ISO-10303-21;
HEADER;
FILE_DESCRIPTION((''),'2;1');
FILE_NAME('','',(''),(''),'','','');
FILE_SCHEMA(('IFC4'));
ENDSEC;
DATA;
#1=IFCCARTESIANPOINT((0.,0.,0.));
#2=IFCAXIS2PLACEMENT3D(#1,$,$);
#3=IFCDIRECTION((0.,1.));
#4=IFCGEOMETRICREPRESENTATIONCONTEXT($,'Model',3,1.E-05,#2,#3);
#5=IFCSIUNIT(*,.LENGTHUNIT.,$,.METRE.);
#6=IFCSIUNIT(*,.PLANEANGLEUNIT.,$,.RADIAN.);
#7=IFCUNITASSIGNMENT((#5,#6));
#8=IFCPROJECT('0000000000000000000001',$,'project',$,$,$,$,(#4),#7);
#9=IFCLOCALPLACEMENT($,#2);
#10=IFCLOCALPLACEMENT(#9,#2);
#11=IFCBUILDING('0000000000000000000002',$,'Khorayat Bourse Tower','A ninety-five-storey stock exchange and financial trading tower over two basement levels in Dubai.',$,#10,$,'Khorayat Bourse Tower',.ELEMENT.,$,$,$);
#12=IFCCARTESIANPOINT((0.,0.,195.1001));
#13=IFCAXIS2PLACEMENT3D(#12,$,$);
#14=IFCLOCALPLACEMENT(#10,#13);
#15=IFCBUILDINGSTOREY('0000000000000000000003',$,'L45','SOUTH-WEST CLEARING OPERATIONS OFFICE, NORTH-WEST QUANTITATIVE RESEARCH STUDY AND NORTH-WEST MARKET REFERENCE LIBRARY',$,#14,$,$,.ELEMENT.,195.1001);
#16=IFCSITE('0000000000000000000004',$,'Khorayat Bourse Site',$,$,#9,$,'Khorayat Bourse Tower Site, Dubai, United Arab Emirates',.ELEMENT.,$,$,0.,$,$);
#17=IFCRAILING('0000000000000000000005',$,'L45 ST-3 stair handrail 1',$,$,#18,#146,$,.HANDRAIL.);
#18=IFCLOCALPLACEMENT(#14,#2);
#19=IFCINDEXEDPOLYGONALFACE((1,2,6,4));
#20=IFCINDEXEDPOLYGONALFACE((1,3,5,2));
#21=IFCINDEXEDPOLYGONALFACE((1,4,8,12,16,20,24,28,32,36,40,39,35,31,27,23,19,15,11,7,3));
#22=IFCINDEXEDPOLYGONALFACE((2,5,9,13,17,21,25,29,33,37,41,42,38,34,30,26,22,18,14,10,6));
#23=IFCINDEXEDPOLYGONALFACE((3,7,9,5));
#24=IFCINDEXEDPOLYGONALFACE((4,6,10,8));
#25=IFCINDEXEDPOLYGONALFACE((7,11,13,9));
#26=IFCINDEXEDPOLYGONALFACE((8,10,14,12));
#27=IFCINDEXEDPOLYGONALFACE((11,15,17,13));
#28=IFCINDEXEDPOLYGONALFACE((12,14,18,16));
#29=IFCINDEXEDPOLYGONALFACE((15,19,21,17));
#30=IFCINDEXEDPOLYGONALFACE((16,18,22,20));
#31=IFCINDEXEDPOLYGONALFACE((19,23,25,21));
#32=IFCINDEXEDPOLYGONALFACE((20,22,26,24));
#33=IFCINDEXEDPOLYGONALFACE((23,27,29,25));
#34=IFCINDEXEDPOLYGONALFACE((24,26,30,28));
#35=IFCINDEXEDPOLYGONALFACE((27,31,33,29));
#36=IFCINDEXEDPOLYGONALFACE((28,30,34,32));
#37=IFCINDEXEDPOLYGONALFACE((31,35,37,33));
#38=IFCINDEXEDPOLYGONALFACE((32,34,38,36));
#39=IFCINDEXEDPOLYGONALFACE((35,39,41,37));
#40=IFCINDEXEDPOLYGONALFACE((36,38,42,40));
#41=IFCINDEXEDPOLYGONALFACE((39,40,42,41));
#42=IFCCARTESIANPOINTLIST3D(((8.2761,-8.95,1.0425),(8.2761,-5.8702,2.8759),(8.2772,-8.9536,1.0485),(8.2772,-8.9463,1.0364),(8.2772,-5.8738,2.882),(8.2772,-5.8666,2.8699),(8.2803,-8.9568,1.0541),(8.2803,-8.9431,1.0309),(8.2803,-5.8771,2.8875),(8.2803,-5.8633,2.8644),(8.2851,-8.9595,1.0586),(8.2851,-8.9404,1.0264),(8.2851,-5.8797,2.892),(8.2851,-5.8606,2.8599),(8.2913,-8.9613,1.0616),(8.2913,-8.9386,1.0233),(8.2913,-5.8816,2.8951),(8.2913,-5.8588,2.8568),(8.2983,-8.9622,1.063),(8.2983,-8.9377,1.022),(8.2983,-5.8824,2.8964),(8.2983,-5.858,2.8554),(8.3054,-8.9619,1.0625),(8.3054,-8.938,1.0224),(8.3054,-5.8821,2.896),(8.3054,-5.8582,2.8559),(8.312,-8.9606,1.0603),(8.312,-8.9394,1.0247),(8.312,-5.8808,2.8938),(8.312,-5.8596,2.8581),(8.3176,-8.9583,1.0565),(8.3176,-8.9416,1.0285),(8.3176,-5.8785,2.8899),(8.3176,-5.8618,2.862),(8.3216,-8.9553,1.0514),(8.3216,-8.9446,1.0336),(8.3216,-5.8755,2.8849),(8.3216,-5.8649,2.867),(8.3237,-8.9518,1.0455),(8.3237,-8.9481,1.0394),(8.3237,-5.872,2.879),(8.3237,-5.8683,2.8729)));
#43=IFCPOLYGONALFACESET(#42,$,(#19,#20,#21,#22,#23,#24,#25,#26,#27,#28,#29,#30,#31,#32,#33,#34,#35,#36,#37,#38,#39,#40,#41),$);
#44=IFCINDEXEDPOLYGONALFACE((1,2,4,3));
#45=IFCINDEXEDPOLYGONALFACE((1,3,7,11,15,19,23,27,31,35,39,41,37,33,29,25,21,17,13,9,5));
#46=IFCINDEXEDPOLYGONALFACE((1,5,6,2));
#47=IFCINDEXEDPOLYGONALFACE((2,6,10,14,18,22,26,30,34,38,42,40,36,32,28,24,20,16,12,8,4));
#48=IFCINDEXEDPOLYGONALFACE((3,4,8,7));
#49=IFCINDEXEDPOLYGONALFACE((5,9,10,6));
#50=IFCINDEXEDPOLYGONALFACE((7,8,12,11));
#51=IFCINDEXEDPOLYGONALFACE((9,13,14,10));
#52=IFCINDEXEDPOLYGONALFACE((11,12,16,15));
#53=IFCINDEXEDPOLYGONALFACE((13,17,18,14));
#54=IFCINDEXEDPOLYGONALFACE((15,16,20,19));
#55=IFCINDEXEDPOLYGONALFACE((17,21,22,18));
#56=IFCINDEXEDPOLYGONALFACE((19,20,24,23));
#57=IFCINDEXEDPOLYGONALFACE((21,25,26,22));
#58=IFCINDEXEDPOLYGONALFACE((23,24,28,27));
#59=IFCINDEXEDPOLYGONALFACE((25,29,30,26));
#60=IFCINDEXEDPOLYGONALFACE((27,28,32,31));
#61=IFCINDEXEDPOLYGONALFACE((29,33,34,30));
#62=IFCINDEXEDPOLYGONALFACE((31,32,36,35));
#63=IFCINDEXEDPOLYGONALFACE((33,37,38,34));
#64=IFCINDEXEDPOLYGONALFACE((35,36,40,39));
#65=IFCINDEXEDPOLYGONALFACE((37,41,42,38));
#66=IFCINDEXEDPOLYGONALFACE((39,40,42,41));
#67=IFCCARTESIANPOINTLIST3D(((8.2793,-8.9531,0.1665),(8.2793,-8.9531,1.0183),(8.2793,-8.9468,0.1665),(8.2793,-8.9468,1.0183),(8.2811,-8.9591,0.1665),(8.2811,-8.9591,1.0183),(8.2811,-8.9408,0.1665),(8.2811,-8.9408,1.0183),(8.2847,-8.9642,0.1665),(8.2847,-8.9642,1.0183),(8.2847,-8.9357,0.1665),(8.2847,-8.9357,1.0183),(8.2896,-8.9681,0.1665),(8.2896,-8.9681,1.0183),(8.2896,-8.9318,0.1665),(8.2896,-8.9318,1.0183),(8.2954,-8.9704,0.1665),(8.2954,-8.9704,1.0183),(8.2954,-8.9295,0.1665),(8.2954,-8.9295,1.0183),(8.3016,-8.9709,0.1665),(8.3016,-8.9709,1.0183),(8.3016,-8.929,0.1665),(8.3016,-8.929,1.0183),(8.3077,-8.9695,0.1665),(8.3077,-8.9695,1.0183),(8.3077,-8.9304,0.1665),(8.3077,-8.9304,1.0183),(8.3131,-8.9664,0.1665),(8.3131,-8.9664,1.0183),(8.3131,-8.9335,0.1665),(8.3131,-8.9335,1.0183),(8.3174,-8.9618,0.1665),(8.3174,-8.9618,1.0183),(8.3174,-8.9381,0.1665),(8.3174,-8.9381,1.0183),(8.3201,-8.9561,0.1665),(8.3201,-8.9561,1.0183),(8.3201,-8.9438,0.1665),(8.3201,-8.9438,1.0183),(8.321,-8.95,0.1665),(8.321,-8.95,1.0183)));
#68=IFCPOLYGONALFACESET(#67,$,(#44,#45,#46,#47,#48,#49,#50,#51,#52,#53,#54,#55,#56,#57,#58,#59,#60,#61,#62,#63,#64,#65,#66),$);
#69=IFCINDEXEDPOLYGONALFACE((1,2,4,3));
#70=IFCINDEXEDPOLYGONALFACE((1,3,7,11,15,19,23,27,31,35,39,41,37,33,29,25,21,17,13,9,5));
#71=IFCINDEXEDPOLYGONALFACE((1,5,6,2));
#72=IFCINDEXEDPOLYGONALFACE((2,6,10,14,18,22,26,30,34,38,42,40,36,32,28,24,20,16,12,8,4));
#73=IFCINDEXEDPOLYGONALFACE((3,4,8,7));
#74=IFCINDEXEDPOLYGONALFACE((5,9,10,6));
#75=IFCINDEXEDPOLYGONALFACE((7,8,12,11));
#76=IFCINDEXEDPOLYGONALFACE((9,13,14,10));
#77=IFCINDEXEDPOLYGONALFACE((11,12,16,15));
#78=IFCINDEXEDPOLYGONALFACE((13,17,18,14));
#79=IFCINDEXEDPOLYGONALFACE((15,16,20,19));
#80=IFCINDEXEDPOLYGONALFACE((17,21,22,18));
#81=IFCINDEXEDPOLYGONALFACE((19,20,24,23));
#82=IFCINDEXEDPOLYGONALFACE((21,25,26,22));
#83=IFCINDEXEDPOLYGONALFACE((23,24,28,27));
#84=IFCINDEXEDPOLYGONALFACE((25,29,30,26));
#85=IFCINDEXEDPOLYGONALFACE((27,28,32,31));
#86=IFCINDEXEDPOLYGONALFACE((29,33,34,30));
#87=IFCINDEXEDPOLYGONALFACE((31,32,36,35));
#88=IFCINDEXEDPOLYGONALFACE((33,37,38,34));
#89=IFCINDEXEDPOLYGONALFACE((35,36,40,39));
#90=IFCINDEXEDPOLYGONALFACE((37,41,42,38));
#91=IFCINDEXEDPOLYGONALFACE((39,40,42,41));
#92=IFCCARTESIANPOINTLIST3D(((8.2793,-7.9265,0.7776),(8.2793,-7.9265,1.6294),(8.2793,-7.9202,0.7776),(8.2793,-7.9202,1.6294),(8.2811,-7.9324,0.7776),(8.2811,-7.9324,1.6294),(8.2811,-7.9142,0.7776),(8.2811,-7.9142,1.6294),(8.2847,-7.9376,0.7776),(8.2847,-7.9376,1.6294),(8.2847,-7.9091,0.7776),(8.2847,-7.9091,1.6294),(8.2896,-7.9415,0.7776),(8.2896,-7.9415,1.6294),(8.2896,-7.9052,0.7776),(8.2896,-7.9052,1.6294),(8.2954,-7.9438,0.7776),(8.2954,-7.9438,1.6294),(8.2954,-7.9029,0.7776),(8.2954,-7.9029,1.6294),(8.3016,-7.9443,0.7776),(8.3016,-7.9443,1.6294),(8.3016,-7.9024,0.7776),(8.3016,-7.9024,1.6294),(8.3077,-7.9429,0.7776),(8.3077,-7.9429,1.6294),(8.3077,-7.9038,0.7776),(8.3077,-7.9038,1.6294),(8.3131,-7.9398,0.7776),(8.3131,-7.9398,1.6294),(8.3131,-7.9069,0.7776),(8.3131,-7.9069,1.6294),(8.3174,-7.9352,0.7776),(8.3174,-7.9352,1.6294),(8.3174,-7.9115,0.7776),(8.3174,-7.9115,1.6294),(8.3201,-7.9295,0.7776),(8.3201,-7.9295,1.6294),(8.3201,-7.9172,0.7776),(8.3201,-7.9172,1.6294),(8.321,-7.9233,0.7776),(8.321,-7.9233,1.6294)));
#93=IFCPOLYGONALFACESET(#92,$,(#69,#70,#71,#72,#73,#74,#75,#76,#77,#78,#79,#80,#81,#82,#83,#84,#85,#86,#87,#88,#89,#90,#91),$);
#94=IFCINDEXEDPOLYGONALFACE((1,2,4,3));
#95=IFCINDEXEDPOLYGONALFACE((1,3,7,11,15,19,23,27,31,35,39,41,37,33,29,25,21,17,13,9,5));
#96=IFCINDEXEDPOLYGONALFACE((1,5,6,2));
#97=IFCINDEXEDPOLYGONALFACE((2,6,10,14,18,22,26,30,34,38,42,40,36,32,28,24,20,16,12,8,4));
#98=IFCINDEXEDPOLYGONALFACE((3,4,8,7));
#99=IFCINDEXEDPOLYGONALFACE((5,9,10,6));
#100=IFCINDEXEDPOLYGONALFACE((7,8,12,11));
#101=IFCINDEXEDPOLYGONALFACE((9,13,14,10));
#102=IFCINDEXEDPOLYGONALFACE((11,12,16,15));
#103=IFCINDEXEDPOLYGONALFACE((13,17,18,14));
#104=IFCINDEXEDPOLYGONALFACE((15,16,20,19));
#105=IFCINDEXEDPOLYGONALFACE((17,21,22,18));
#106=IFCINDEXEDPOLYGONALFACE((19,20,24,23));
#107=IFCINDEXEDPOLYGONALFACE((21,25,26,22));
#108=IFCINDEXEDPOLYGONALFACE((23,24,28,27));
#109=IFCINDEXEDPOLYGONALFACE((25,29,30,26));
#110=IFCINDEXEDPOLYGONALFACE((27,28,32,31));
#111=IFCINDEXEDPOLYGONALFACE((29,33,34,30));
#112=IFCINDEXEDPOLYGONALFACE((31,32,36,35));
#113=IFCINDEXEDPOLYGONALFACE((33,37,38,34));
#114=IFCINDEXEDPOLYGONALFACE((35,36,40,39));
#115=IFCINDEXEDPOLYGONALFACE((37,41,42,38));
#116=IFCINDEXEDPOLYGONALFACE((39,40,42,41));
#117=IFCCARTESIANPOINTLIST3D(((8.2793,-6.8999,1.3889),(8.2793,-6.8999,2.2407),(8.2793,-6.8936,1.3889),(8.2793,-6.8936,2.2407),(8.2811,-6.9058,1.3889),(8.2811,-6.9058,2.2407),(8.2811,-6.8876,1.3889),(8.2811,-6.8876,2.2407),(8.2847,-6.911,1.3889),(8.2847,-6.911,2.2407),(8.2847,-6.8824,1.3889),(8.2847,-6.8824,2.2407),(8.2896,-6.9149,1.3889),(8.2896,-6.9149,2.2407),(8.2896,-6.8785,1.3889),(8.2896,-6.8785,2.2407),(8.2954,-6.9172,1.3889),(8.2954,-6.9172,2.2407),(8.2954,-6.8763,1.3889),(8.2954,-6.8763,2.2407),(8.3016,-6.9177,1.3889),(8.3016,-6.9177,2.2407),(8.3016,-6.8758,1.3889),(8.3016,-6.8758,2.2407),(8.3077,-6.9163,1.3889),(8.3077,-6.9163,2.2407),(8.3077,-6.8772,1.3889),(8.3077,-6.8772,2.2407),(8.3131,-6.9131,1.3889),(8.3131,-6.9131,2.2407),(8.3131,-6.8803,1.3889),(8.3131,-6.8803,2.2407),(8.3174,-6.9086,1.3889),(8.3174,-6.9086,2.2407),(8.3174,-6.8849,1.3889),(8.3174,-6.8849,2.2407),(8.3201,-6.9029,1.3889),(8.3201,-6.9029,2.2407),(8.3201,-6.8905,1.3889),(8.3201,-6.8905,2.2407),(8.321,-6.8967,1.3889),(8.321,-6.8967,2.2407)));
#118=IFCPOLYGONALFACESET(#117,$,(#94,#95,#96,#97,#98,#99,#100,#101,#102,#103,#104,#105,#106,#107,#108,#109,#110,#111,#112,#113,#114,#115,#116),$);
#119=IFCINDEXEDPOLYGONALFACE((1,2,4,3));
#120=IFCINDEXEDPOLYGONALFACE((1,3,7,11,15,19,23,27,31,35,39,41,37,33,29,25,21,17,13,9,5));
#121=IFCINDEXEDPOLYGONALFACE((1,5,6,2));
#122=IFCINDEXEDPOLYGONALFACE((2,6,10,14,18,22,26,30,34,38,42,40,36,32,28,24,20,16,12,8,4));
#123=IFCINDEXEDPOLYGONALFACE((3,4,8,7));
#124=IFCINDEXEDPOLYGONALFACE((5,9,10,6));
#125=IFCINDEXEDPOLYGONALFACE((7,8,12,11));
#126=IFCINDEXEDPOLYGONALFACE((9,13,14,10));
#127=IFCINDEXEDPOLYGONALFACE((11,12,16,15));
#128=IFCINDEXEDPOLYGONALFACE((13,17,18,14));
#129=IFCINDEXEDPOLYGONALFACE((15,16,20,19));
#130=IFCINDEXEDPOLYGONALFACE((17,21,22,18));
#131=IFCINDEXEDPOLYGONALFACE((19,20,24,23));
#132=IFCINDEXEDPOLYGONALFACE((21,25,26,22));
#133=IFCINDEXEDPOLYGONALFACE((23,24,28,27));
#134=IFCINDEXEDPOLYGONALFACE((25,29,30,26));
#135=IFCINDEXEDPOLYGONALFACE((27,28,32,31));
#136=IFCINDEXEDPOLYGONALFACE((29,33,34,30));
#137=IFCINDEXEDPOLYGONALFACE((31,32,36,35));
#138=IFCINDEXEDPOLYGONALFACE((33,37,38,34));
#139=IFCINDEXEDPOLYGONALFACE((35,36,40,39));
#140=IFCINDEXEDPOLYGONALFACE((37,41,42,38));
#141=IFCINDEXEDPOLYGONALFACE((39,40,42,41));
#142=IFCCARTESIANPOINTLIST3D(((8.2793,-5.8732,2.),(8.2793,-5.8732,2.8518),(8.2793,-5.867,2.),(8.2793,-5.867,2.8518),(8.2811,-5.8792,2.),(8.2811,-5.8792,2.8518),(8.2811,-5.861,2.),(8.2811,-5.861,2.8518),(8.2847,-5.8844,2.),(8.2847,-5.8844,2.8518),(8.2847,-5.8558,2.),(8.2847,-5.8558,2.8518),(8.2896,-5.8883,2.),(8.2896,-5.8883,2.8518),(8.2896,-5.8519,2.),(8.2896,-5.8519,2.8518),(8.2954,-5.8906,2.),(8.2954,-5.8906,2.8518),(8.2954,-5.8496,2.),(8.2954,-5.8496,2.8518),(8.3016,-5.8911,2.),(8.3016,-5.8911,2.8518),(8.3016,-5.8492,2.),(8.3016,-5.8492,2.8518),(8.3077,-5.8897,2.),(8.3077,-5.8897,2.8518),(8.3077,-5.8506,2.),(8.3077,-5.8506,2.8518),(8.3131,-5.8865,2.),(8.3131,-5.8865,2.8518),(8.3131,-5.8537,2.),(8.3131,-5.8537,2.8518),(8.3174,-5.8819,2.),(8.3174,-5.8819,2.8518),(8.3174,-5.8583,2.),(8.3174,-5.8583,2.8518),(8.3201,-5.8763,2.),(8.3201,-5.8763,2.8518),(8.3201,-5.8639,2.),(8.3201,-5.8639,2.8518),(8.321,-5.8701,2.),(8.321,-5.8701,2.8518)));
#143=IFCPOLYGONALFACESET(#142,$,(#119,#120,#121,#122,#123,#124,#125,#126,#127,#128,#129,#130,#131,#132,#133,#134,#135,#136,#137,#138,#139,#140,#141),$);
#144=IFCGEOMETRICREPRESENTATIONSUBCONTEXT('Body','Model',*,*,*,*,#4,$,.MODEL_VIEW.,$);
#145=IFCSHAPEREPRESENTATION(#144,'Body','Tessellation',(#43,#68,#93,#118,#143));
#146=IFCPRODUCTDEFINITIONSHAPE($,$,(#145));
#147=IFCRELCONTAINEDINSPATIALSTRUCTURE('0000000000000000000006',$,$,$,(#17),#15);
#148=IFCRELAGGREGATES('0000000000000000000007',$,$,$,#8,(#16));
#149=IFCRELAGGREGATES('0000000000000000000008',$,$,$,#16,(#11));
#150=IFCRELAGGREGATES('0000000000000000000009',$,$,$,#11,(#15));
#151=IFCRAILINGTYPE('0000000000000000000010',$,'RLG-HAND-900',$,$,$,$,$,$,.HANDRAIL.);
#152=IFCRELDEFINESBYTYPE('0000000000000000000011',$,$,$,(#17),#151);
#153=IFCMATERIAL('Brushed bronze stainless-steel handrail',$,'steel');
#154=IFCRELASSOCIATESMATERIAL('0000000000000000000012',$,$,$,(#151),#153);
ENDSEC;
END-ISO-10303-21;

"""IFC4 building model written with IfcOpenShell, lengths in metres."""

from ifc_helpers import new_model, si_unit, direction, frame, origin, origin_2d, place, context, subcontext, project, spatial, circle, extrude, source, transform, mapped, material, type_object, element, save


model = new_model("IFC4")

# Units and contexts
model_context = context("Model", 3, precision=1e-05, world=origin(), true_north=direction((0.0, 1.0)))
body_context = subcontext(model_context, "Body", "Model", "MODEL_VIEW")
ifc_project = project(units=[si_unit("LENGTHUNIT", "METRE"), si_unit("PLANEANGLEUNIT", "RADIAN")], contexts=[model_context])

# Site, building, storey
site_placement = place(None, origin())
site = spatial("IfcSite", under=ifc_project, at=site_placement, Name="Khorayat Bourse Site", LongName="Khorayat Bourse Tower Site, Dubai, United Arab Emirates", CompositionType="ELEMENT", RefElevation=0.0)
building_placement = place(site_placement, origin())
building = spatial("IfcBuilding", under=site, at=building_placement, Name="Khorayat Bourse Tower", Description="A ninety-five-storey stock exchange and financial trading tower over two basement levels in Dubai.", LongName="Khorayat Bourse Tower", CompositionType="ELEMENT")
storey_placement = place(building_placement, frame((0.0, 0.0, 195.1001)))
storey = spatial("IfcBuildingStorey", under=building, at=storey_placement, Name="L45", Description="SOUTH-WEST CLEARING OPERATIONS OFFICE, NORTH-WEST QUANTITATIVE RESEARCH STUDY AND NORTH-WEST MARKET REFERENCE LIBRARY", CompositionType="ELEMENT", Elevation=195.1001)

# Railing
ifc_material_1 = material(Name="Brushed bronze stainless-steel handrail", Category="steel")
railing_type_1 = type_object("IfcRailingType", Name="RLG-HAND-900", PredefinedType="HANDRAIL", material=ifc_material_1)
shared_shape_1 = source(origin(), body_context, "Body", "SweptSolid", [
    extrude(circle(Radius=0.0239, at=origin_2d()), frame((0.0, 0.0, 0.876), z_axis=(0.0, 0.859261, 0.511538), x_axis=(-1.0, 0.0, 0.0)), (0.0, 0.0, 1.0), 3.5842),
    extrude(circle(Radius=0.021, at=origin_2d()), origin(), (0.0, 0.0, 1.0), 0.8518),
    extrude(circle(Radius=0.021, at=origin_2d()), frame((0.0, 1.0266, 0.6111)), (0.0, 0.0, 1.0), 0.8518),
    extrude(circle(Radius=0.021, at=origin_2d()), frame((0.0, 2.0532, 1.2224)), (0.0, 0.0, 1.0), 0.8518),
    extrude(circle(Radius=0.021, at=origin_2d()), frame((0.0, 3.0798, 1.8335)), (0.0, 0.0, 1.0), 0.8518),
])
railing_1_placement = place(storey_placement, frame((8.3, -8.95, 0.1665)))
element("IfcRailing", 1, at=railing_1_placement, inside=storey, type_object=railing_type_1, Name="L45 ST-3 stair handrail 1", PredefinedType="HANDRAIL", context=body_context, shape_type="MappedRepresentation", body=[
    mapped(shared_shape_1, transform((0.0, 0.0, 0.0), scale=1.0)),
])

save(model, "model.ifc")
